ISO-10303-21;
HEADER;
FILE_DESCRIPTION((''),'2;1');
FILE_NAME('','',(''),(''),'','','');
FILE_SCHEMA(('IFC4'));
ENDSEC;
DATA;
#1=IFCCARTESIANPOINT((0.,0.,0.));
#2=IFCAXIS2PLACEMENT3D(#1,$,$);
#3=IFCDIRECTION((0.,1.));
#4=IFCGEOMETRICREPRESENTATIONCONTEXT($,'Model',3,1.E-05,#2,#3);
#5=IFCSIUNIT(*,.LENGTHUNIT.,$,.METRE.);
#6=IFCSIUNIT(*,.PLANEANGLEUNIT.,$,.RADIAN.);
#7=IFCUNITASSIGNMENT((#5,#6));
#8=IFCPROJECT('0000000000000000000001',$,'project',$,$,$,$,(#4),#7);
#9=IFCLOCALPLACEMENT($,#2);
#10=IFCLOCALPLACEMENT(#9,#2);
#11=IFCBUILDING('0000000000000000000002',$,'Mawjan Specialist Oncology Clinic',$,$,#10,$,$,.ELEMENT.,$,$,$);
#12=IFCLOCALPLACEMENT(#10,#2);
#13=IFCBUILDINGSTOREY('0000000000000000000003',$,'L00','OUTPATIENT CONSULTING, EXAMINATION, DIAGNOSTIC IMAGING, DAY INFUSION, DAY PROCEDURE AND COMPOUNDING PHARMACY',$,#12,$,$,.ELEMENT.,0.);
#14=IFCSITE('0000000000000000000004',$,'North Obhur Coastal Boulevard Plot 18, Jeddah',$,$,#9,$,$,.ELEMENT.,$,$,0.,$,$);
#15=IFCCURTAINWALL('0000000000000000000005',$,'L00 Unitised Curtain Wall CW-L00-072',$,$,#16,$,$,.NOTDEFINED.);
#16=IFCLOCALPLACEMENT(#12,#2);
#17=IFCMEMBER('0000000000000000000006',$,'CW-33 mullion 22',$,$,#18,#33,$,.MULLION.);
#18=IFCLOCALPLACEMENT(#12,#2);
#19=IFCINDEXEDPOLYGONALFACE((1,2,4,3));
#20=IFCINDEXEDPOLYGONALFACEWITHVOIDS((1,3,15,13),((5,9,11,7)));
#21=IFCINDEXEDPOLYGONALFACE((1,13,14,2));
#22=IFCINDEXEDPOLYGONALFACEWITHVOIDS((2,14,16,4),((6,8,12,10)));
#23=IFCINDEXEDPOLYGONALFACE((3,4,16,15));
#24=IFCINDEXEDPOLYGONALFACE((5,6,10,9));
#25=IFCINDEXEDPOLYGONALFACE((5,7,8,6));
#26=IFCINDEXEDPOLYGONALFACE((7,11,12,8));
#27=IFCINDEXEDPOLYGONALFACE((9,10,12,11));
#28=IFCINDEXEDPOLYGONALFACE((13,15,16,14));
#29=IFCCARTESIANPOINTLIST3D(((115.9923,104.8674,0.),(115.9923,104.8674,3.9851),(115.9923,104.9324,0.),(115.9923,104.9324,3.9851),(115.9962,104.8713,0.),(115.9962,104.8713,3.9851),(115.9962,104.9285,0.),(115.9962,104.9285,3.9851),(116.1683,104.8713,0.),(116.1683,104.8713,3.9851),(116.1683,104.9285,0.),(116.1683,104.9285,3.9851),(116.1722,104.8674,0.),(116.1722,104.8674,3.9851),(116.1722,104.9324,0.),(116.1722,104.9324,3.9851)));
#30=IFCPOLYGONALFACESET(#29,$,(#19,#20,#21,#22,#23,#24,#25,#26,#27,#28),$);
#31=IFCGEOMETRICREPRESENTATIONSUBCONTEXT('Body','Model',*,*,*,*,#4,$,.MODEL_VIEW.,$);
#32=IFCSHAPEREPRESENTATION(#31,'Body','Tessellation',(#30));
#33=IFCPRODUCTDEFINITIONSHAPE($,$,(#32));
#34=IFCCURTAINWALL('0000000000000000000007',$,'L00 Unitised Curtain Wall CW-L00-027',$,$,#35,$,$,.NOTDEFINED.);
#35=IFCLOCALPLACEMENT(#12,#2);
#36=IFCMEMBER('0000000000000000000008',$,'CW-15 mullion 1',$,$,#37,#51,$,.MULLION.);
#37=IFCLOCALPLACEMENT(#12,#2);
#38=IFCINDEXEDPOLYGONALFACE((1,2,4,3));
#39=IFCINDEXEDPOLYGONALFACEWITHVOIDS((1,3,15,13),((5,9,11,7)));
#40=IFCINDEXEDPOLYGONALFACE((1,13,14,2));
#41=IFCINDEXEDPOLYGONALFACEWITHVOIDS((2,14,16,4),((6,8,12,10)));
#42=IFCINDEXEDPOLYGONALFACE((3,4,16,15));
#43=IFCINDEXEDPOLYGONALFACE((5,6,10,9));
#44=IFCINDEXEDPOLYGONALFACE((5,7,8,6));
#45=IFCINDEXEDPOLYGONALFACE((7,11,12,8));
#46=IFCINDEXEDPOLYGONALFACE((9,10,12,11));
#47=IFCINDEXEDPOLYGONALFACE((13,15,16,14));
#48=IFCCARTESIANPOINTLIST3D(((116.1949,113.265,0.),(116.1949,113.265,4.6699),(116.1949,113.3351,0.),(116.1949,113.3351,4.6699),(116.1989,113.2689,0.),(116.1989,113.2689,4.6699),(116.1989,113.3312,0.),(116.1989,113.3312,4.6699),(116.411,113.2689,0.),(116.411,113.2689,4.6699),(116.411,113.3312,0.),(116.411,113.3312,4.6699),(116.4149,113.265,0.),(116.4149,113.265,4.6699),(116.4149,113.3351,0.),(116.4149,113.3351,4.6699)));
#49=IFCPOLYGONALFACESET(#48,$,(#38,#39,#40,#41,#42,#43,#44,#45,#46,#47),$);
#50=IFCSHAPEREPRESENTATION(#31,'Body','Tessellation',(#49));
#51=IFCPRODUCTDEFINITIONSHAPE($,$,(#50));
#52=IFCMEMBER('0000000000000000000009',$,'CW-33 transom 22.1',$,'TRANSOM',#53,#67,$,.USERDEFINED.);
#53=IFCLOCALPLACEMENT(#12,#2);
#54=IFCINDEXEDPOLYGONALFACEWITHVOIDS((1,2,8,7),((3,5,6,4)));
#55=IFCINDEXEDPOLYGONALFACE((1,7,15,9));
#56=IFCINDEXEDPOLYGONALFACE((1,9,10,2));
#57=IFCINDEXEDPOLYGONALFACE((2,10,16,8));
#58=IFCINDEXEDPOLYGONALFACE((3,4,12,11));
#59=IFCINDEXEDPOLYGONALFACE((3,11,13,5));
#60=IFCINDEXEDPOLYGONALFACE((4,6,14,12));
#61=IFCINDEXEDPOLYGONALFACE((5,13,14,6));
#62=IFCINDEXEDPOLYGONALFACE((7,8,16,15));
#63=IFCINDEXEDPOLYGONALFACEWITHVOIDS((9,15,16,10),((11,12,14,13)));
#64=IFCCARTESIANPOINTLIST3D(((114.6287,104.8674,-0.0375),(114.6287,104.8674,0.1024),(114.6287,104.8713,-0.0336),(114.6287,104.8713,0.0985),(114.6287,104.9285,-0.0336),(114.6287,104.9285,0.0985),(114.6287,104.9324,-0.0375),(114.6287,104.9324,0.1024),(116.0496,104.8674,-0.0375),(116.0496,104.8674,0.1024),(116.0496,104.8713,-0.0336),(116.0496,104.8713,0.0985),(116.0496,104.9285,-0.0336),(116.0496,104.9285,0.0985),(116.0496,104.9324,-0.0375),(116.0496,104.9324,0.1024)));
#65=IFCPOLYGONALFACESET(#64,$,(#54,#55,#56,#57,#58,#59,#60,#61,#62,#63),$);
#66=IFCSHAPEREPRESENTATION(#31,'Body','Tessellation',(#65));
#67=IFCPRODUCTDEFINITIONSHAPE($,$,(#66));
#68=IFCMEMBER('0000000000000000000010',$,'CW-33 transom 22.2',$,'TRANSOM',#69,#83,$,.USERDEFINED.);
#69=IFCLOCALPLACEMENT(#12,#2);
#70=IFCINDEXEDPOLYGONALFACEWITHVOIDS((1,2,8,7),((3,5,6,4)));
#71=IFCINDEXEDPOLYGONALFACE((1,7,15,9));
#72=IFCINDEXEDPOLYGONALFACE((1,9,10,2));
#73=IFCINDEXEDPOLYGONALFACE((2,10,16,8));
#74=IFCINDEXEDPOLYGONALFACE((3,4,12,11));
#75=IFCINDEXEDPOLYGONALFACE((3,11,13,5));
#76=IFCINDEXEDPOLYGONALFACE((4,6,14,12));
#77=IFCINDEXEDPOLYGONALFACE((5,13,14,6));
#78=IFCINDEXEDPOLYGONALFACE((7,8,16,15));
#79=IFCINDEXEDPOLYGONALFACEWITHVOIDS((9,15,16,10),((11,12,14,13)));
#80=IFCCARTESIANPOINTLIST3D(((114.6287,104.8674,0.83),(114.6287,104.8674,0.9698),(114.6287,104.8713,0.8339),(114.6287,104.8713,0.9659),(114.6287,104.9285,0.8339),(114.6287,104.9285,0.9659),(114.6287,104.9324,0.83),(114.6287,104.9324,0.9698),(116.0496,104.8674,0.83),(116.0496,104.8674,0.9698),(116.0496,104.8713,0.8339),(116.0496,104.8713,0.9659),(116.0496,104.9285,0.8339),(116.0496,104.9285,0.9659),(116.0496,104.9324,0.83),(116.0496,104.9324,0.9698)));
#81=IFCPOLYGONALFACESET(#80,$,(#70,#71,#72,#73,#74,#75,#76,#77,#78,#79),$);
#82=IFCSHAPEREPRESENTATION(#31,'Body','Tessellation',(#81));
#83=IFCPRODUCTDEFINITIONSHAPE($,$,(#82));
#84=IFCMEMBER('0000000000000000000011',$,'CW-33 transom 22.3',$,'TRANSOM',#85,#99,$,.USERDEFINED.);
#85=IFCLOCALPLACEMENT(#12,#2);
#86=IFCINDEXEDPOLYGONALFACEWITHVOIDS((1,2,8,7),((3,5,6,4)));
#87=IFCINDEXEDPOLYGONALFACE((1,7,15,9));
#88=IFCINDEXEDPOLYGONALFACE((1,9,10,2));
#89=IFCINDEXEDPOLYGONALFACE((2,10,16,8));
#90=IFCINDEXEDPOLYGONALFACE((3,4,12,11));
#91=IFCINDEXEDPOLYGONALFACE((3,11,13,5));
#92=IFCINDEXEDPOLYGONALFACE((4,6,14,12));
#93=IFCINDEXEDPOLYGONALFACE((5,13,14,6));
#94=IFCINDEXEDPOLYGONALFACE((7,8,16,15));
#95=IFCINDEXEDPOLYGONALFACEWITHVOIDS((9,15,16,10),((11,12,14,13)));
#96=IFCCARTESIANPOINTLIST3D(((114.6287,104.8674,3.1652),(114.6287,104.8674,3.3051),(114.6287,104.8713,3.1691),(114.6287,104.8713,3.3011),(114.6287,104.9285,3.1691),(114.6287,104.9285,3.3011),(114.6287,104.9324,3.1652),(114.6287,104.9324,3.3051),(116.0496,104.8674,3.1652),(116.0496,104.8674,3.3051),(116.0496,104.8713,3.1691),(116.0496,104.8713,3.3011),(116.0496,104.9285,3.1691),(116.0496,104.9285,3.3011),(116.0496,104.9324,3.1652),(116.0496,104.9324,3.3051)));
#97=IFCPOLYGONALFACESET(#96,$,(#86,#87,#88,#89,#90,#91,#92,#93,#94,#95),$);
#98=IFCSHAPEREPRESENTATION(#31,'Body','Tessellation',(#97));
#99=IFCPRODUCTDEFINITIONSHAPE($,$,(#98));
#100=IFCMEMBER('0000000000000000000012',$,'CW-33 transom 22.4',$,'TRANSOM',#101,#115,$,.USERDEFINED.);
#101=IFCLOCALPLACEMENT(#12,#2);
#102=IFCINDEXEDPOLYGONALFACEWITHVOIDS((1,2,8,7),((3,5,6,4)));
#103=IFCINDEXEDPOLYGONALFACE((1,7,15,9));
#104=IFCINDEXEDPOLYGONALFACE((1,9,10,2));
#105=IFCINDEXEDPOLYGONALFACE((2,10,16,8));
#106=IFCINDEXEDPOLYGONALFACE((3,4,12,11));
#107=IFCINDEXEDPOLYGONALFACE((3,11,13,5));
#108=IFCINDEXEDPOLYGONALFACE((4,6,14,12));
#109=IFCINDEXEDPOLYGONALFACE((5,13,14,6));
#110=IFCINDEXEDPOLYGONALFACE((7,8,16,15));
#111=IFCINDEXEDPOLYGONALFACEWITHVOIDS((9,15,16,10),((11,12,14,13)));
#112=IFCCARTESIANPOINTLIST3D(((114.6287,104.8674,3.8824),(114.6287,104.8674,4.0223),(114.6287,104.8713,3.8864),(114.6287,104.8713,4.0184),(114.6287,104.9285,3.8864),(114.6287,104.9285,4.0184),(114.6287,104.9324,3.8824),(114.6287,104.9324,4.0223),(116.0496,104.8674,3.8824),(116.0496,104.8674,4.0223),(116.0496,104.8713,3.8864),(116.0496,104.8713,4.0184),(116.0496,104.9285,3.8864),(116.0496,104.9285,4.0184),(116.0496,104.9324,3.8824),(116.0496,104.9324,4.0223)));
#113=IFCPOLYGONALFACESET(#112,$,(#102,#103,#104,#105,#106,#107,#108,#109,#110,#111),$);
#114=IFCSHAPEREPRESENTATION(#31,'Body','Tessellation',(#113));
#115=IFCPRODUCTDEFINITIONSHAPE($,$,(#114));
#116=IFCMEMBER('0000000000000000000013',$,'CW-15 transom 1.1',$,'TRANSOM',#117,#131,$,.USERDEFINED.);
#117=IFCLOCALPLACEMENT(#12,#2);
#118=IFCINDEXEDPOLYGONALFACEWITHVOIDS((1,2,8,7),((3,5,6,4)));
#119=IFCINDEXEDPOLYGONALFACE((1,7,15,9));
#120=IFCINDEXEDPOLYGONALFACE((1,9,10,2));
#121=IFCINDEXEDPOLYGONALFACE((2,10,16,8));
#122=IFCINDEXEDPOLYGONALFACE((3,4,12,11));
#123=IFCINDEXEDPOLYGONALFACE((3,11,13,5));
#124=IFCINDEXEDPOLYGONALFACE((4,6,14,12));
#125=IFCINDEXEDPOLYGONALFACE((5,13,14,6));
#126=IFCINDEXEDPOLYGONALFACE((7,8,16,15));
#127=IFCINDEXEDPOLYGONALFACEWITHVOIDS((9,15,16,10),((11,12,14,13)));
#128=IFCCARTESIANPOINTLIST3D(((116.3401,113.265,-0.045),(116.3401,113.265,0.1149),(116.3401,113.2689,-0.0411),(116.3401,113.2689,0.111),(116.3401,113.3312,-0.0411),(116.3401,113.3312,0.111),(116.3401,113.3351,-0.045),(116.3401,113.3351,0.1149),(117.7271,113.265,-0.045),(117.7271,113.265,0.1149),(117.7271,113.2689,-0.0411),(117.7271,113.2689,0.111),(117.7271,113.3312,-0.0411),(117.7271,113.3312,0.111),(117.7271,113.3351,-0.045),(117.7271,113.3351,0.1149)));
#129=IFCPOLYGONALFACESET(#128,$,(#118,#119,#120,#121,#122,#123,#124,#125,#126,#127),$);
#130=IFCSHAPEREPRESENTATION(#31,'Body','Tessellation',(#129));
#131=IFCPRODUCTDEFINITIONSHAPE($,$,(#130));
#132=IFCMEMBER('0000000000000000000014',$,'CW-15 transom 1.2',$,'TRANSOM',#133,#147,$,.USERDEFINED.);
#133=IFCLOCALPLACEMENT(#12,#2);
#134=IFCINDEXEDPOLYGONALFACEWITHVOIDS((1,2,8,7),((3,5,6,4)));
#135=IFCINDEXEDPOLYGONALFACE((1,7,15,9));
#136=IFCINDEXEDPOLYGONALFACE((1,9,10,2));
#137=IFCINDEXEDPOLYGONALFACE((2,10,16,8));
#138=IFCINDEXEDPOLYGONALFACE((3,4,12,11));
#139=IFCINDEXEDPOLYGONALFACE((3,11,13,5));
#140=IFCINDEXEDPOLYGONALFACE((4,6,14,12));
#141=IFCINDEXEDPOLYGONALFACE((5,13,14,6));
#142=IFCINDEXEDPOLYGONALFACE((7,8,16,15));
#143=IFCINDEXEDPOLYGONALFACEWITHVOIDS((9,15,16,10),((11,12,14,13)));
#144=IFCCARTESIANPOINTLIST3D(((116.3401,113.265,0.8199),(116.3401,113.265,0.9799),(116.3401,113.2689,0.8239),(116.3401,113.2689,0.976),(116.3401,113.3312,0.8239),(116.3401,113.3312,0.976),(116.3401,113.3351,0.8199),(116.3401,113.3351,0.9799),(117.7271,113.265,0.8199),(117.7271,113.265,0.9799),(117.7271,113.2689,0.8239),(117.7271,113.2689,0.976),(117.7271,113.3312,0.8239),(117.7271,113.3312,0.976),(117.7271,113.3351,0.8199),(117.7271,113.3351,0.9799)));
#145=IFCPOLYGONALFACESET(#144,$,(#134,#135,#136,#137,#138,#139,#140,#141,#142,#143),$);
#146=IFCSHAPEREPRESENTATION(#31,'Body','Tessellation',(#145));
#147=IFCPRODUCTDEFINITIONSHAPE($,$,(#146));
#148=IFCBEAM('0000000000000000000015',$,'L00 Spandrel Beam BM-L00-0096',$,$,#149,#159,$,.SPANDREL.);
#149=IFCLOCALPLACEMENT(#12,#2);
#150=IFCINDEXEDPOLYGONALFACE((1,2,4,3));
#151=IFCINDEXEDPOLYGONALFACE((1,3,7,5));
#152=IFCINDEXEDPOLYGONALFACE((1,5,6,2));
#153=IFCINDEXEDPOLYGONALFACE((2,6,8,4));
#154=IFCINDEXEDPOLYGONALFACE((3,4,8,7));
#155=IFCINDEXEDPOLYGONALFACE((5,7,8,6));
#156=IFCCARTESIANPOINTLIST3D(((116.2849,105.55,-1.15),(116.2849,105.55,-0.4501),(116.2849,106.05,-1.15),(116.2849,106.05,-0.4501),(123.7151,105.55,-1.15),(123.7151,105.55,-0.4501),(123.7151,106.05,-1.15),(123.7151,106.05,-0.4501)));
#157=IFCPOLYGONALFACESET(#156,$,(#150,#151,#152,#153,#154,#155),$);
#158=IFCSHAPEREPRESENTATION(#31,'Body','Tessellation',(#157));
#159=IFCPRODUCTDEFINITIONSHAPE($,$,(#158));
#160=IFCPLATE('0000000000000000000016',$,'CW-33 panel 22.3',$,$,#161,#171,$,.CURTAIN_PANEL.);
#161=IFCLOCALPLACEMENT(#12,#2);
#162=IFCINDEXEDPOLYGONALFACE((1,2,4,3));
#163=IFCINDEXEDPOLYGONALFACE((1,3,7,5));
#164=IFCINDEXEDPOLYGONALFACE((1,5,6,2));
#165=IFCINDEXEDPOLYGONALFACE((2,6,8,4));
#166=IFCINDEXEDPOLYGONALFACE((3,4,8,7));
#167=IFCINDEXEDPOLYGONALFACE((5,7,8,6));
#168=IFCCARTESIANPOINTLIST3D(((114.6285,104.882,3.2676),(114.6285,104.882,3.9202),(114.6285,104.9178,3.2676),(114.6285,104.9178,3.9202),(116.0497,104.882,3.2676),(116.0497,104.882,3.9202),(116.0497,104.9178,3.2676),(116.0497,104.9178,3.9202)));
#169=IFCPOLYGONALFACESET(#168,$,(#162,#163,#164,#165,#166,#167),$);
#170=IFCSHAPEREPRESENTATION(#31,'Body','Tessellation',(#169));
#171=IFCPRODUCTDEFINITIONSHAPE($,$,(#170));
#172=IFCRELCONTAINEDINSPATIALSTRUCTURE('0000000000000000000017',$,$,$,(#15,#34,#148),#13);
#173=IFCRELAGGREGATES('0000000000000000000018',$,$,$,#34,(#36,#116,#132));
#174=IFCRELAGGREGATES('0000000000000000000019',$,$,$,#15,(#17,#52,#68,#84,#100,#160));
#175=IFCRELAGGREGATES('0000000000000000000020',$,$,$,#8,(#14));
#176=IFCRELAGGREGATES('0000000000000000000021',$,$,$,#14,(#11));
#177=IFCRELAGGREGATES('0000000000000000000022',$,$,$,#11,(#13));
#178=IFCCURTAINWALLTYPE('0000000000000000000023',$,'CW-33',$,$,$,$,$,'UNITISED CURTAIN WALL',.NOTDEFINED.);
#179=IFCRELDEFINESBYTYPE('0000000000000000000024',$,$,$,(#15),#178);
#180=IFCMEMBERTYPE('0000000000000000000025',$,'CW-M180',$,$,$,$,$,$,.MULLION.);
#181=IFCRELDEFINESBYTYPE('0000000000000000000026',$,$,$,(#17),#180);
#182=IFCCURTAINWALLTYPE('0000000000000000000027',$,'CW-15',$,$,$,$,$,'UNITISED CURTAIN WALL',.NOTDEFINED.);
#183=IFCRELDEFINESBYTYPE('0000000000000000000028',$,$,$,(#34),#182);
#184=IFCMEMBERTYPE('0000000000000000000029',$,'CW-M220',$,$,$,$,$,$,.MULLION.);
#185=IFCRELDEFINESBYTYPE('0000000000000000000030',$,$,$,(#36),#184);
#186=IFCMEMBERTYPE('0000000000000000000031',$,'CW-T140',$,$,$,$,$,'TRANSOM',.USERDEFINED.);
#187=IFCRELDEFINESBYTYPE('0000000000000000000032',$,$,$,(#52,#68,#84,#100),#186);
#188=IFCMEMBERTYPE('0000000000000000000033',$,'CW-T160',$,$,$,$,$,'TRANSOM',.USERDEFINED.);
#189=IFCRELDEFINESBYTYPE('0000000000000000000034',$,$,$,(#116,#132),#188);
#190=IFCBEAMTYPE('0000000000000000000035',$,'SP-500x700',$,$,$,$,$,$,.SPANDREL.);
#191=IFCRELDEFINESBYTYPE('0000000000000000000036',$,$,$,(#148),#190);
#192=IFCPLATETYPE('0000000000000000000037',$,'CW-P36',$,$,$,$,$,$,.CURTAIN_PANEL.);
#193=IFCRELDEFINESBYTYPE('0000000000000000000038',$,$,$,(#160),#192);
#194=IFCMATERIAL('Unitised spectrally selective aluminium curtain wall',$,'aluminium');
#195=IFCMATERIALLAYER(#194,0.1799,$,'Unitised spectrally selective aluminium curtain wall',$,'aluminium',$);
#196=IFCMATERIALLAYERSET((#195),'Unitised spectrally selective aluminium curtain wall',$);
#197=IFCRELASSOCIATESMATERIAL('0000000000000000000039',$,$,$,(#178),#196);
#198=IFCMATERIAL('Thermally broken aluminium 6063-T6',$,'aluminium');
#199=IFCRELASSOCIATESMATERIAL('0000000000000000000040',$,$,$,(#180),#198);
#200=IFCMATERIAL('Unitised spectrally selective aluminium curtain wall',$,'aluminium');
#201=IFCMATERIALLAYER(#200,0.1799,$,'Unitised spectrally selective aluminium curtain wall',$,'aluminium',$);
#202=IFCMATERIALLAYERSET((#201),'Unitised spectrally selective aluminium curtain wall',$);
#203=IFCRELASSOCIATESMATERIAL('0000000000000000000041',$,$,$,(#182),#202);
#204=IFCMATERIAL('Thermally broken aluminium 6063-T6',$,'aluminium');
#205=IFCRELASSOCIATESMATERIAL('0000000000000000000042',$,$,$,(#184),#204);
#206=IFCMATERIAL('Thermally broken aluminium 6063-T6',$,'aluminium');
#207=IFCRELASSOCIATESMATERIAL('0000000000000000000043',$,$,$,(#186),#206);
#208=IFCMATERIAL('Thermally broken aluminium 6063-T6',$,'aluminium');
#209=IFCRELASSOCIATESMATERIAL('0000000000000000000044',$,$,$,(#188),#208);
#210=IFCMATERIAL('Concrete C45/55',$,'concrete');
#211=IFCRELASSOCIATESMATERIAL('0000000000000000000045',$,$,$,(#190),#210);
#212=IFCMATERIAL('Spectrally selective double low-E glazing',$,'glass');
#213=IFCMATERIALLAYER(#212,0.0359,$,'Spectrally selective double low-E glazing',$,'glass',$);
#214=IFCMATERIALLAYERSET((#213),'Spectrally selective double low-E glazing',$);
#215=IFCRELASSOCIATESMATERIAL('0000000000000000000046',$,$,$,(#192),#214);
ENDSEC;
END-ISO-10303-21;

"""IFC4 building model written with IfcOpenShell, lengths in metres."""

from ifc_helpers import new_model, si_unit, direction, frame, origin, origin_2d, place, context, subcontext, project, spatial, rectangle, hollow_rectangle, extrude, material, layer, layer_set, material_profile, profile_set, type_object, element, aggregate, save


model = new_model("IFC4")

# Units and contexts
model_context = context("Model", 3, precision=1e-05, world=origin(), true_north=direction((0.0, 1.0)))
body_context = subcontext(model_context, "Body", "Model", "MODEL_VIEW")
ifc_project = project(units=[si_unit("LENGTHUNIT", "METRE"), si_unit("PLANEANGLEUNIT", "RADIAN")], contexts=[model_context])

# Site, building, storey
site_placement = place(None, origin())
site = spatial("IfcSite", under=ifc_project, at=site_placement, Name="North Obhur Coastal Boulevard Plot 18, Jeddah", CompositionType="ELEMENT", RefElevation=0.0)
building_placement = place(site_placement, origin())
building = spatial("IfcBuilding", under=site, at=building_placement, Name="Mawjan Specialist Oncology Clinic", CompositionType="ELEMENT")
storey_placement = place(building_placement, origin())
storey = spatial("IfcBuildingStorey", under=building, at=storey_placement, Name="L00", Description="OUTPATIENT CONSULTING, EXAMINATION, DIAGNOSTIC IMAGING, DAY INFUSION, DAY PROCEDURE AND COMPOUNDING PHARMACY", CompositionType="ELEMENT", Elevation=0.0)

# Curtain walls, members
ifc_material_1 = material(Name="Unitised spectrally selective aluminium curtain wall", Category="aluminium")
ifc_layer_1 = layer(ifc_material_1, 0.1799, Name="Unitised spectrally selective aluminium curtain wall", Category="aluminium")
ifc_layer_set_1 = layer_set([ifc_layer_1], Name="Unitised spectrally selective aluminium curtain wall")
curtain_wall_type_1 = type_object("IfcCurtainWallType", Name="CW-33", ElementType="UNITISED CURTAIN WALL", PredefinedType="NOTDEFINED", material=ifc_layer_set_1)
curtain_wall_1_placement = place(storey_placement, origin())
curtain_wall_1 = element("IfcCurtainWall", 1, at=curtain_wall_1_placement, inside=storey, type_object=curtain_wall_type_1, Name="L00 Unitised Curtain Wall CW-L00-072", PredefinedType="NOTDEFINED")
ifc_material_2 = material(Name="Thermally broken aluminium 6063-T6", Category="aluminium")
ifc_material_profile_1 = material_profile(ifc_material_2, hollow_rectangle(XDim=0.0649, YDim=0.1799, WallThickness=0.0039, at=origin_2d()), Name="ALU MULLION 180x65x4", Category="aluminium")
ifc_profile_set_1 = profile_set([ifc_material_profile_1], Name="Thermally broken aluminium 6063-T6")
member_type_1 = type_object("IfcMemberType", Name="CW-M180", PredefinedType="MULLION", material=ifc_profile_set_1)
member_1_placement = place(storey_placement, frame((116.0823, 104.8999, 0.0), z_axis=(0.0, 0.0, 1.0), x_axis=(0.0, -1.0, 0.0)))
member_1 = element("IfcMember", 2, at=member_1_placement, type_object=member_type_1, Name="CW-33 mullion 22", PredefinedType="MULLION", context=body_context, shape_type="SweptSolid", body=[
    extrude(hollow_rectangle(XDim=0.0649, YDim=0.1799, WallThickness=0.0039, at=origin_2d()), origin(), (0.0, 0.0, 1.0), 3.9851),
])
ifc_material_3 = material(Name="Unitised spectrally selective aluminium curtain wall", Category="aluminium")
ifc_layer_2 = layer(ifc_material_3, 0.1799, Name="Unitised spectrally selective aluminium curtain wall", Category="aluminium")
ifc_layer_set_2 = layer_set([ifc_layer_2], Name="Unitised spectrally selective aluminium curtain wall")
curtain_wall_type_2 = type_object("IfcCurtainWallType", Name="CW-15", ElementType="UNITISED CURTAIN WALL", PredefinedType="NOTDEFINED", material=ifc_layer_set_2)
curtain_wall_2_placement = place(storey_placement, origin())
curtain_wall_2 = element("IfcCurtainWall", 3, at=curtain_wall_2_placement, inside=storey, type_object=curtain_wall_type_2, Name="L00 Unitised Curtain Wall CW-L00-027", PredefinedType="NOTDEFINED")
ifc_material_4 = material(Name="Thermally broken aluminium 6063-T6", Category="aluminium")
ifc_material_profile_2 = material_profile(ifc_material_4, hollow_rectangle(XDim=0.0701, YDim=0.22, WallThickness=0.0039, at=origin_2d()), Name="ALU MULLION 220x70x4", Category="aluminium")
ifc_profile_set_2 = profile_set([ifc_material_profile_2], Name="Thermally broken aluminium 6063-T6")
member_type_2 = type_object("IfcMemberType", Name="CW-M220", PredefinedType="MULLION", material=ifc_profile_set_2)
member_2_placement = place(storey_placement, frame((116.3049, 113.3, 0.0), z_axis=(0.0, 0.0, 1.0), x_axis=(0.0, 1.0, 0.0)))
member_2 = element("IfcMember", 4, at=member_2_placement, type_object=member_type_2, Name="CW-15 mullion 1", PredefinedType="MULLION", context=body_context, shape_type="SweptSolid", body=[
    extrude(hollow_rectangle(XDim=0.0701, YDim=0.22, WallThickness=0.0039, at=origin_2d()), origin(), (0.0, 0.0, 1.0), 4.6699),
])

# Members
ifc_material_5 = material(Name="Thermally broken aluminium 6063-T6", Category="aluminium")
ifc_material_profile_3 = material_profile(ifc_material_5, hollow_rectangle(XDim=0.0649, YDim=0.1399, WallThickness=0.0039, at=origin_2d()), Name="ALU TRANSOM 140x65x4", Category="aluminium")
ifc_profile_set_3 = profile_set([ifc_material_profile_3], Name="Thermally broken aluminium 6063-T6")
member_type_3 = type_object("IfcMemberType", Name="CW-T140", ElementType="TRANSOM", PredefinedType="USERDEFINED", material=ifc_profile_set_3)
member_3_placement = place(storey_placement, frame((116.0496, 104.8999, 0.0325), z_axis=(-1.0, 0.0, 0.0), x_axis=(0.0, -1.0, 0.0)))
member_3 = element("IfcMember", 5, at=member_3_placement, type_object=member_type_3, Name="CW-33 transom 22.1", ObjectType="TRANSOM", PredefinedType="USERDEFINED", context=body_context, shape_type="SweptSolid", body=[
    extrude(hollow_rectangle(XDim=0.0649, YDim=0.1399, WallThickness=0.0039, at=origin_2d()), origin(), (0.0, 0.0, 1.0), 1.4209),
])
member_4_placement = place(storey_placement, frame((116.0496, 104.8999, 0.8999), z_axis=(-1.0, 0.0, 0.0), x_axis=(0.0, -1.0, 0.0)))
member_4 = element("IfcMember", 6, at=member_4_placement, type_object=member_type_3, Name="CW-33 transom 22.2", ObjectType="TRANSOM", PredefinedType="USERDEFINED", context=body_context, shape_type="SweptSolid", body=[
    extrude(hollow_rectangle(XDim=0.0649, YDim=0.1399, WallThickness=0.0039, at=origin_2d()), origin(), (0.0, 0.0, 1.0), 1.4209),
])
member_5_placement = place(storey_placement, frame((116.0496, 104.8999, 3.2351), z_axis=(-1.0, 0.0, 0.0), x_axis=(0.0, -1.0, 0.0)))
member_5 = element("IfcMember", 7, at=member_5_placement, type_object=member_type_3, Name="CW-33 transom 22.3", ObjectType="TRANSOM", PredefinedType="USERDEFINED", context=body_context, shape_type="SweptSolid", body=[
    extrude(hollow_rectangle(XDim=0.0649, YDim=0.1399, WallThickness=0.0039, at=origin_2d()), origin(), (0.0, 0.0, 1.0), 1.4209),
])
member_6_placement = place(storey_placement, frame((116.0496, 104.8999, 3.9524), z_axis=(-1.0, 0.0, 0.0), x_axis=(0.0, -1.0, 0.0)))
member_6 = element("IfcMember", 8, at=member_6_placement, type_object=member_type_3, Name="CW-33 transom 22.4", ObjectType="TRANSOM", PredefinedType="USERDEFINED", context=body_context, shape_type="SweptSolid", body=[
    extrude(hollow_rectangle(XDim=0.0649, YDim=0.1399, WallThickness=0.0039, at=origin_2d()), origin(), (0.0, 0.0, 1.0), 1.4209),
])
ifc_material_6 = material(Name="Thermally broken aluminium 6063-T6", Category="aluminium")
ifc_material_profile_4 = material_profile(ifc_material_6, hollow_rectangle(XDim=0.0701, YDim=0.1599, WallThickness=0.0039, at=origin_2d()), Name="ALU TRANSOM 160x70x4", Category="aluminium")
ifc_profile_set_4 = profile_set([ifc_material_profile_4], Name="Thermally broken aluminium 6063-T6")
member_type_4 = type_object("IfcMemberType", Name="CW-T160", ElementType="TRANSOM", PredefinedType="USERDEFINED", material=ifc_profile_set_4)
member_7_placement = place(storey_placement, frame((116.3401, 113.3, 0.0349), z_axis=(1.0, 0.0, 0.0), x_axis=(0.0, 1.0, 0.0)))
member_7 = element("IfcMember", 9, at=member_7_placement, type_object=member_type_4, Name="CW-15 transom 1.1", ObjectType="TRANSOM", PredefinedType="USERDEFINED", context=body_context, shape_type="SweptSolid", body=[
    extrude(hollow_rectangle(XDim=0.0701, YDim=0.1599, WallThickness=0.0039, at=origin_2d()), origin(), (0.0, 0.0, 1.0), 1.387),
])
member_8_placement = place(storey_placement, frame((116.3401, 113.3, 0.8999), z_axis=(1.0, 0.0, 0.0), x_axis=(0.0, 1.0, 0.0)))
member_8 = element("IfcMember", 10, at=member_8_placement, type_object=member_type_4, Name="CW-15 transom 1.2", ObjectType="TRANSOM", PredefinedType="USERDEFINED", context=body_context, shape_type="SweptSolid", body=[
    extrude(hollow_rectangle(XDim=0.0701, YDim=0.1599, WallThickness=0.0039, at=origin_2d()), origin(), (0.0, 0.0, 1.0), 1.387),
])
aggregate(curtain_wall_2, [member_2, member_7, member_8])

# Beam
ifc_material_7 = material(Name="Concrete C45/55", Category="concrete")
ifc_material_profile_5 = material_profile(ifc_material_7, rectangle(XDim=0.5, YDim=0.7, at=origin_2d()), Name="RC BM 500x700", Category="concrete")
ifc_profile_set_5 = profile_set([ifc_material_profile_5], Name="Concrete C45/55")
beam_type_1 = type_object("IfcBeamType", Name="SP-500x700", PredefinedType="SPANDREL", material=ifc_profile_set_5)
beam_1_placement = place(storey_placement, frame((116.2849, 105.8, -0.8), z_axis=(1.0, 0.0, 0.0), x_axis=(0.0, 1.0, 0.0)))
element("IfcBeam", 11, at=beam_1_placement, inside=storey, type_object=beam_type_1, Name="L00 Spandrel Beam BM-L00-0096", PredefinedType="SPANDREL", context=body_context, shape_type="SweptSolid", body=[
    extrude(rectangle(XDim=0.5, YDim=0.7, at=origin_2d()), origin(), (0.0, 0.0, 1.0), 7.4302),
])

# Plate
ifc_material_8 = material(Name="Spectrally selective double low-E glazing", Category="glass")
ifc_layer_3 = layer(ifc_material_8, 0.0359, Name="Spectrally selective double low-E glazing", Category="glass")
ifc_layer_set_3 = layer_set([ifc_layer_3], Name="Spectrally selective double low-E glazing")
plate_type = type_object("IfcPlateType", Name="CW-P36", PredefinedType="CURTAIN_PANEL", material=ifc_layer_set_3)
plate_placement = place(storey_placement, frame((115.3391, 104.8999, 3.2676), z_axis=(0.0, 0.0, 1.0), x_axis=(-1.0, 0.0, 0.0)))
plate = element("IfcPlate", 12, at=plate_placement, type_object=plate_type, Name="CW-33 panel 22.3", PredefinedType="CURTAIN_PANEL", context=body_context, shape_type="SweptSolid", body=[
    extrude(rectangle(XDim=1.4211, YDim=0.0359, at=origin_2d()), origin(), (0.0, 0.0, 1.0), 0.6526),
])
aggregate(curtain_wall_1, [member_1, member_3, member_4, member_5, member_6, plate])

save(model, "model.ifc")
